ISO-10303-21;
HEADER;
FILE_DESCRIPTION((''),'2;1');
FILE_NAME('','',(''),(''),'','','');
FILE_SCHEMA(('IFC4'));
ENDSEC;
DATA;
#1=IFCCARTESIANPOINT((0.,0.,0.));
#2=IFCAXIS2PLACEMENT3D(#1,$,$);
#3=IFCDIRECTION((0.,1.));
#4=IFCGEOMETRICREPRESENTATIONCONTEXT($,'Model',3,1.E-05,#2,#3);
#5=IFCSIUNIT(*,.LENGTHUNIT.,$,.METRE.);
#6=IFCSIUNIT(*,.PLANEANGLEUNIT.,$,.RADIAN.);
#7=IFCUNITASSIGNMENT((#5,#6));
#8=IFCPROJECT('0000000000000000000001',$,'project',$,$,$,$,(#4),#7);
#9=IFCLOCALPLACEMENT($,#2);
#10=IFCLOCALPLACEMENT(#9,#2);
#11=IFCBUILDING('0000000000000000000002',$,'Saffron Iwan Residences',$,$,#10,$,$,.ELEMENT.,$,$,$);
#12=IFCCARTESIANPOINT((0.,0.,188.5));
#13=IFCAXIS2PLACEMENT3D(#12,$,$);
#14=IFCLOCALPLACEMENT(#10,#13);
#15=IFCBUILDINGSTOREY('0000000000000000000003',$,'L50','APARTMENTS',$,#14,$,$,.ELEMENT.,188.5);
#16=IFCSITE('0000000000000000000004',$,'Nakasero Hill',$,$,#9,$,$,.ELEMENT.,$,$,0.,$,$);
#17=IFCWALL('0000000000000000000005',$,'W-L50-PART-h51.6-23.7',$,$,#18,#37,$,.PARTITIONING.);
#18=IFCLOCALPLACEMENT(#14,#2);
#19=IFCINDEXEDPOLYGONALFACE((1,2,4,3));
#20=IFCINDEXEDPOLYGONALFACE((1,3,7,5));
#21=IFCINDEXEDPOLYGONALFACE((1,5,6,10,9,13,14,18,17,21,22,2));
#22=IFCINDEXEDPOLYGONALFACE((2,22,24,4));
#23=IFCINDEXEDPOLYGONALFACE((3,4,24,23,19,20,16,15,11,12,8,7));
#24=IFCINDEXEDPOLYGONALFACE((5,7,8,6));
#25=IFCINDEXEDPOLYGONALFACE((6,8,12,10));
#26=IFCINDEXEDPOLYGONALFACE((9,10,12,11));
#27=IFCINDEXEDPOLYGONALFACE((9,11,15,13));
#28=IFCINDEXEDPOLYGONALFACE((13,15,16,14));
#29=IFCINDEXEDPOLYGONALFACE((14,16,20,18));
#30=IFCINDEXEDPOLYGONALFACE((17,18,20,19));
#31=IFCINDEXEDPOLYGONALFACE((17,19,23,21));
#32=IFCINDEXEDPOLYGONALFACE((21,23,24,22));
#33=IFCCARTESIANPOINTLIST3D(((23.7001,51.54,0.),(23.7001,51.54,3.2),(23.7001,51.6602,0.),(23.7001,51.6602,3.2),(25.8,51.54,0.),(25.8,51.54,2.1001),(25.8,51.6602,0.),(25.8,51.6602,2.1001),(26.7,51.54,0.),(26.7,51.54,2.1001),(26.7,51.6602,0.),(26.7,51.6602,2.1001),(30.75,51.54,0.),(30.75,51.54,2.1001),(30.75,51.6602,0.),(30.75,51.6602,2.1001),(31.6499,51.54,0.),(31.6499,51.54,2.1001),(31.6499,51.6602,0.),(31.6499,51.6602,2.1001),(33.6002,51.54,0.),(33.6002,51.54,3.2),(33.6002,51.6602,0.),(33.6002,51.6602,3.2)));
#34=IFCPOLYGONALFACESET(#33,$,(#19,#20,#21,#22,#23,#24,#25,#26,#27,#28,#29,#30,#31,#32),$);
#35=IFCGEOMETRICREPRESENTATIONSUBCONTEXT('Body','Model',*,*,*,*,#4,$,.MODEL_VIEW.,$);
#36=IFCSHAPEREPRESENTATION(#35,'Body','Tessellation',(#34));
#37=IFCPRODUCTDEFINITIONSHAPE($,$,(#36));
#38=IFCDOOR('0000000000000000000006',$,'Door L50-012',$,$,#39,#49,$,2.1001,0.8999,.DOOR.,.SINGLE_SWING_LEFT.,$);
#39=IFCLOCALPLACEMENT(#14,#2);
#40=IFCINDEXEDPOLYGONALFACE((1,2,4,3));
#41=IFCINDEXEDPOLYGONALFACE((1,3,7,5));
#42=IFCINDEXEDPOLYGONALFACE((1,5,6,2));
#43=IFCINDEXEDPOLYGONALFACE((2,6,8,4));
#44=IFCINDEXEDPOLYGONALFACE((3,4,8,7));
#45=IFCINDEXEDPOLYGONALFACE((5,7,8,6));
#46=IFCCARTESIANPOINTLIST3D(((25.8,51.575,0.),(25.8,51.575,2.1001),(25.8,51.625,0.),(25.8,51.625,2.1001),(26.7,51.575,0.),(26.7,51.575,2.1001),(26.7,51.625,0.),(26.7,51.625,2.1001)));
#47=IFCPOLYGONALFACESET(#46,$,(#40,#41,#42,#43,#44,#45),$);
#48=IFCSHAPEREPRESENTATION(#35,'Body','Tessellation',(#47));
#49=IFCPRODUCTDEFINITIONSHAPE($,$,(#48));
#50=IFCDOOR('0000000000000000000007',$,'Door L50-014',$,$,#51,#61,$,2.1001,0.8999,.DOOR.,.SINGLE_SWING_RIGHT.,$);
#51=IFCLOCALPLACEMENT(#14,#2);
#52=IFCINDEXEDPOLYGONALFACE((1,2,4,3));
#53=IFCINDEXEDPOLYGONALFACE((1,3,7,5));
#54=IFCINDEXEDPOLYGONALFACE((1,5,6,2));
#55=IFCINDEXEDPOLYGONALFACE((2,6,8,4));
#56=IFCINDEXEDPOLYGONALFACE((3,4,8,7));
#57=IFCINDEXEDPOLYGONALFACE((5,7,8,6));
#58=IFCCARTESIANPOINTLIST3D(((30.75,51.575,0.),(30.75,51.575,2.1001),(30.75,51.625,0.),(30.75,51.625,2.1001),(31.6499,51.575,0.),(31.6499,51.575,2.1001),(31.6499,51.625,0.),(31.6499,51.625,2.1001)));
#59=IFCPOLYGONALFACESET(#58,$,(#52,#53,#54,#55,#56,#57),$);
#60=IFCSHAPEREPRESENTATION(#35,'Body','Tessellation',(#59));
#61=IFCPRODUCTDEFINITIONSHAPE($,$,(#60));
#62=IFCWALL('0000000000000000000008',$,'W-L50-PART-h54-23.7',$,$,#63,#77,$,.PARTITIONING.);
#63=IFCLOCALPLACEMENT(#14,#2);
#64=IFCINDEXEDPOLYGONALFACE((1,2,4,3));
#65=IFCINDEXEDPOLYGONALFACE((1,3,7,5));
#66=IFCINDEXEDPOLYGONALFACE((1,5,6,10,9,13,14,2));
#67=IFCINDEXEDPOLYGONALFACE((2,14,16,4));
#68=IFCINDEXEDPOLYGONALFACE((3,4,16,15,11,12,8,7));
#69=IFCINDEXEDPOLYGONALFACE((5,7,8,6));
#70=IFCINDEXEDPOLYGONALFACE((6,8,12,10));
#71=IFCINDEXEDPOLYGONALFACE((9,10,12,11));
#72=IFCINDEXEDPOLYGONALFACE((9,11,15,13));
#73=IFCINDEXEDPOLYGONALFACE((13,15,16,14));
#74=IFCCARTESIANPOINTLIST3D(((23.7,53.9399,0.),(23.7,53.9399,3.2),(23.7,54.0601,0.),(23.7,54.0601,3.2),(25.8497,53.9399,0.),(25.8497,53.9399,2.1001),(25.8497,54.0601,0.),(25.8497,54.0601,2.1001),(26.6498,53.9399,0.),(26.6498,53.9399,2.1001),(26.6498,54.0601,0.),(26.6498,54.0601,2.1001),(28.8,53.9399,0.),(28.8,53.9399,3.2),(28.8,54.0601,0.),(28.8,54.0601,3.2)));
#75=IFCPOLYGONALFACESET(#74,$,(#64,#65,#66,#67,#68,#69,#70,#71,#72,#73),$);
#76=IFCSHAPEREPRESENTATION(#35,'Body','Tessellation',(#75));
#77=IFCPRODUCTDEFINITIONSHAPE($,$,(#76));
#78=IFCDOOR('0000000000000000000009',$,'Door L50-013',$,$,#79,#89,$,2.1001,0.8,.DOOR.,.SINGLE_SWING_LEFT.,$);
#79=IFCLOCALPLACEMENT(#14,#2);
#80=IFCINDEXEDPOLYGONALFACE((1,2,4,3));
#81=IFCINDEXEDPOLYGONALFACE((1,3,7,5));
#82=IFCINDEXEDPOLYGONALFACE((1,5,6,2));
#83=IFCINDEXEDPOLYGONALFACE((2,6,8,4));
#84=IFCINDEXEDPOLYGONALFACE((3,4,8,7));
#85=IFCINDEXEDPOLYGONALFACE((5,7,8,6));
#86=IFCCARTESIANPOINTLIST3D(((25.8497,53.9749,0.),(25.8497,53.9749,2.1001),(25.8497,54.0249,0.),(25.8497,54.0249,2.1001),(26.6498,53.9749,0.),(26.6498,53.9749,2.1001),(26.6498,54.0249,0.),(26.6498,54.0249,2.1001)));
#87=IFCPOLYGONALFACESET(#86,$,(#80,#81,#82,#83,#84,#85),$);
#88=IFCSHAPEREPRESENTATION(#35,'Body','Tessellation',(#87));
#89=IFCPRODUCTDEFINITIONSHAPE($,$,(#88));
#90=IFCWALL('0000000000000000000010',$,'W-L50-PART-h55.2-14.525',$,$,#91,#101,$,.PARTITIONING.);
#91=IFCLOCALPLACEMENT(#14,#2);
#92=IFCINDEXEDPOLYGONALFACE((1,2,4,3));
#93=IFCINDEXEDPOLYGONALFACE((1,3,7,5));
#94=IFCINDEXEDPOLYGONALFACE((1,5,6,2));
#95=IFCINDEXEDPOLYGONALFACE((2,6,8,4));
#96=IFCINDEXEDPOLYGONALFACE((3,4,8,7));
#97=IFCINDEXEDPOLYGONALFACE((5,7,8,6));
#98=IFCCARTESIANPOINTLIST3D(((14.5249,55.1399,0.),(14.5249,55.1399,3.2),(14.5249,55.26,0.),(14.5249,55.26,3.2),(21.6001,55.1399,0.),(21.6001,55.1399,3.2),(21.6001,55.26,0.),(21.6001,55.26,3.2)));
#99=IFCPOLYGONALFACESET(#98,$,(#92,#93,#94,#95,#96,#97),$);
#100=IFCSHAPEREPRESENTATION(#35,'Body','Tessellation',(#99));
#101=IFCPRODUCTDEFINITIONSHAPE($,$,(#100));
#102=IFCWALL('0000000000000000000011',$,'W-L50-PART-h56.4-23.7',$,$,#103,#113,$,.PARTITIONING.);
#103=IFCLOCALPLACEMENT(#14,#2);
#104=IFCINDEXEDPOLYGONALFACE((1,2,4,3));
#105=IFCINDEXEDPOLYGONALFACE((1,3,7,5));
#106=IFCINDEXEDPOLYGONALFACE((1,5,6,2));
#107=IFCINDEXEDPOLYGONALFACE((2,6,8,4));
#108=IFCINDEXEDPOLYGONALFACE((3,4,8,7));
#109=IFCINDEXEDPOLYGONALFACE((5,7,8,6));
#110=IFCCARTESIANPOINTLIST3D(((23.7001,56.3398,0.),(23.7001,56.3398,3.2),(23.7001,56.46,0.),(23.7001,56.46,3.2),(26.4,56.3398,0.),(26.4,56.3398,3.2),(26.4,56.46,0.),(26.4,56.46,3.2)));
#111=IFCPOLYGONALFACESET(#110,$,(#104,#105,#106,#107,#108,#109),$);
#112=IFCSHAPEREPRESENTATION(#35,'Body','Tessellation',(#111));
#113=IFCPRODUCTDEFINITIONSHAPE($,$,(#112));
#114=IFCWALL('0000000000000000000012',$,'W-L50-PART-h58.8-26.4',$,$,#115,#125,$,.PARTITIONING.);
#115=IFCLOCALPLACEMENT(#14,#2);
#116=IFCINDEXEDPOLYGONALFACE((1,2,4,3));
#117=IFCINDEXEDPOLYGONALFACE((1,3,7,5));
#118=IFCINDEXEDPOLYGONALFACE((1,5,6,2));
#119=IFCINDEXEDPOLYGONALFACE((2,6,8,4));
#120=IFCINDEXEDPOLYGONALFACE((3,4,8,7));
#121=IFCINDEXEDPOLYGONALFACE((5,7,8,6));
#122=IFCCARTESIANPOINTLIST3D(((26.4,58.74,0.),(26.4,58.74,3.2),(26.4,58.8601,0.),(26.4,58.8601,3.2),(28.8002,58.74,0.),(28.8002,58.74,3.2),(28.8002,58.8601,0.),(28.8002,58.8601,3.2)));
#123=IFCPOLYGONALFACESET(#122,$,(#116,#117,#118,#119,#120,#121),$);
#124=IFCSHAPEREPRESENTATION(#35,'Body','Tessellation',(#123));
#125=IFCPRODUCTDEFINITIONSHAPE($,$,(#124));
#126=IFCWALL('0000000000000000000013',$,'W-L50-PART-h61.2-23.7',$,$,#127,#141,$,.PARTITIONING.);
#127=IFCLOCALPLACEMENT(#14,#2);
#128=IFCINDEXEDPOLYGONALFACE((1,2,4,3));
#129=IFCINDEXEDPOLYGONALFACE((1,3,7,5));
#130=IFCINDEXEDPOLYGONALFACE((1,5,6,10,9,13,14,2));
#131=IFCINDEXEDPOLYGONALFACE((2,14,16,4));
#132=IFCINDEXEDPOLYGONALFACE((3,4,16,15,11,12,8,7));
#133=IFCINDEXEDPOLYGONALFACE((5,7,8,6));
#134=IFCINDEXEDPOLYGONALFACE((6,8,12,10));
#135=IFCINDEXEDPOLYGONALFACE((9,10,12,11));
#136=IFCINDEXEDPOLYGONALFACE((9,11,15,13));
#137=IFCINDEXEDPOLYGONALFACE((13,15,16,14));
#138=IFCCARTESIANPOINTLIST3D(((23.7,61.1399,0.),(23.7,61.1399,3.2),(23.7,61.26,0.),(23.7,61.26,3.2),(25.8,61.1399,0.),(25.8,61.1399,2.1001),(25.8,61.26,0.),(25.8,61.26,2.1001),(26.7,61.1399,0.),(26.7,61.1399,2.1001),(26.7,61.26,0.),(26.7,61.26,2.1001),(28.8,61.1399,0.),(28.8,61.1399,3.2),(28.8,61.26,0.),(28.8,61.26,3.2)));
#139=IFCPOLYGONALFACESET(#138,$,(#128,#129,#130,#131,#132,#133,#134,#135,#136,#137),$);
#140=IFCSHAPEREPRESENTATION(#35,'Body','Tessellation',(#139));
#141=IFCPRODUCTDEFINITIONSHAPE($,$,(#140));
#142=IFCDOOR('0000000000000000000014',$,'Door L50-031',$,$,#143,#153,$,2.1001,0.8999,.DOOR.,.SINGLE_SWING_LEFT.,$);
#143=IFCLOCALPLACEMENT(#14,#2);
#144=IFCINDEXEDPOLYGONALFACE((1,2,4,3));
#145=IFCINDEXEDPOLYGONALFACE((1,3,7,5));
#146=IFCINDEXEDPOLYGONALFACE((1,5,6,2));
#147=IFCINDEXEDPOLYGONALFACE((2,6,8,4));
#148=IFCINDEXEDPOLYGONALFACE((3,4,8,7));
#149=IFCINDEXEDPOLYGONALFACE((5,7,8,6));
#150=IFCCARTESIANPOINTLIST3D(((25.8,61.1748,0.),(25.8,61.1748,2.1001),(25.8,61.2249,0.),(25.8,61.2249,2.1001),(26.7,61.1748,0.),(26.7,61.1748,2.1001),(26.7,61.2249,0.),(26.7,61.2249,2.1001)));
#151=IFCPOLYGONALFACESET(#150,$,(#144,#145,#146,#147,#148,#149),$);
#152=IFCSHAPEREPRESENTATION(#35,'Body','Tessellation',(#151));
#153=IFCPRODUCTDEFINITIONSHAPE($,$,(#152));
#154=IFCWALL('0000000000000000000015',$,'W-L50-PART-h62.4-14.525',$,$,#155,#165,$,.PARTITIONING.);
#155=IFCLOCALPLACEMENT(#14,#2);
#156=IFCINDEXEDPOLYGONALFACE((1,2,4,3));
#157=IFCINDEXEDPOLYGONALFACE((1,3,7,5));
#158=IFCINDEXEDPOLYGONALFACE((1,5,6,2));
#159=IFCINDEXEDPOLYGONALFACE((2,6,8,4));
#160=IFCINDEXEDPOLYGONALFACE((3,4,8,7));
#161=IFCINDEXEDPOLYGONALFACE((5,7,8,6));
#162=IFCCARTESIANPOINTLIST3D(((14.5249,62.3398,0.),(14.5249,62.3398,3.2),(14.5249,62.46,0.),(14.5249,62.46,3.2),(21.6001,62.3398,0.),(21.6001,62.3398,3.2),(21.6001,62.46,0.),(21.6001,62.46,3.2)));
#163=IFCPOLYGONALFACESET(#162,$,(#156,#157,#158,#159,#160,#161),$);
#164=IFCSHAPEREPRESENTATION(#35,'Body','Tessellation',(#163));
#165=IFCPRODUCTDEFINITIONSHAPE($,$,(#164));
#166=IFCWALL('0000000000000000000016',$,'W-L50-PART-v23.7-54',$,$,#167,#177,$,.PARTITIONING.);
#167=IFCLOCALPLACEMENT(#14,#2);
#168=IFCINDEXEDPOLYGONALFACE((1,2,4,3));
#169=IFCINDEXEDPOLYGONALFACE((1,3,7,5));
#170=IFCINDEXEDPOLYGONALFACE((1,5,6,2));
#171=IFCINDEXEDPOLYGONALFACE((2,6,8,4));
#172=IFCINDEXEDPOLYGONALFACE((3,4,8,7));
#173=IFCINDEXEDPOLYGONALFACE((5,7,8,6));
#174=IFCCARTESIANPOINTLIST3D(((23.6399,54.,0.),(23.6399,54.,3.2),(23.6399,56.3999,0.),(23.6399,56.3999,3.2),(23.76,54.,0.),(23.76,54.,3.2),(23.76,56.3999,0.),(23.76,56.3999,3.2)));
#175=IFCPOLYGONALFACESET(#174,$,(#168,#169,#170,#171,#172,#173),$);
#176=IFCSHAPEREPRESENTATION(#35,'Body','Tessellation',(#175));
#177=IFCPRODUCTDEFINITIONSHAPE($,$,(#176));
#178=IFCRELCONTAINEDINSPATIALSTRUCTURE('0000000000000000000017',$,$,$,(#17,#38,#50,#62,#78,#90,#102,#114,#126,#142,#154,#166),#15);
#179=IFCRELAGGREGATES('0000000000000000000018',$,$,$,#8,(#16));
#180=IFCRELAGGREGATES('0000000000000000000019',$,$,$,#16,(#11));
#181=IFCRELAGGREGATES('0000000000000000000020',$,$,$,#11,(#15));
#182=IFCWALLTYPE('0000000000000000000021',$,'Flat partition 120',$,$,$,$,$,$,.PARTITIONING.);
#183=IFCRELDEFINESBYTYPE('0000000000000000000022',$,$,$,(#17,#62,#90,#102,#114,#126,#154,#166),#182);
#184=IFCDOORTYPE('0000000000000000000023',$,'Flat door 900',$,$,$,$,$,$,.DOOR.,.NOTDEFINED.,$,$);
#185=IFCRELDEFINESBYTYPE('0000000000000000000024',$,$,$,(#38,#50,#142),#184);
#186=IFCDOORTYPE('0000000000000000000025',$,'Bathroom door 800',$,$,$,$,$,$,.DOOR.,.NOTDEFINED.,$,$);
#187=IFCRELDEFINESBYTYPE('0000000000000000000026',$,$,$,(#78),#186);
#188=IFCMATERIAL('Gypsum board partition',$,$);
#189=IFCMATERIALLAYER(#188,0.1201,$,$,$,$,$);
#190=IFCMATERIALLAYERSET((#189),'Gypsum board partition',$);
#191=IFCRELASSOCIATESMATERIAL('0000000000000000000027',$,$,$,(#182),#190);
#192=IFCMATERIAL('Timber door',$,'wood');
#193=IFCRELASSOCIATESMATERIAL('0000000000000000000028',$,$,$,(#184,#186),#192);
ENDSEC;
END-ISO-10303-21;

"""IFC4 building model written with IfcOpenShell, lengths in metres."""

from ifc_helpers import new_model, si_unit, direction, frame, frame_2d, origin, place, context, subcontext, project, spatial, rectangle, extrude, material, layer, layer_set, type_object, element, fill, save


model = new_model("IFC4")

# Units and contexts
model_context = context("Model", 3, precision=1e-05, world=origin(), true_north=direction((0.0, 1.0)))
body_context = subcontext(model_context, "Body", "Model", "MODEL_VIEW")
ifc_project = project(units=[si_unit("LENGTHUNIT", "METRE"), si_unit("PLANEANGLEUNIT", "RADIAN")], contexts=[model_context])

# Site, building, storey
site_placement = place(None, origin())
site = spatial("IfcSite", under=ifc_project, at=site_placement, Name="Nakasero Hill", CompositionType="ELEMENT", RefElevation=0.0)
building_placement = place(site_placement, origin())
building = spatial("IfcBuilding", under=site, at=building_placement, Name="Saffron Iwan Residences", CompositionType="ELEMENT")
storey_placement = place(building_placement, frame((0.0, 0.0, 188.5)))
storey = spatial("IfcBuildingStorey", under=building, at=storey_placement, Name="L50", Description="APARTMENTS", CompositionType="ELEMENT", Elevation=188.5)

# Shared definitions
ifc_material_1 = material(Name="Gypsum board partition")
ifc_layer_1 = layer(ifc_material_1, 0.1201)
ifc_layer_set_1 = layer_set([ifc_layer_1], Name="Gypsum board partition")
wall_type_1 = type_object("IfcWallType", Name="Flat partition 120", PredefinedType="PARTITIONING", material=ifc_layer_set_1)

# Wall, openings, doors
wall_1_placement = place(storey_placement, frame((23.7, 51.6001, 0.0), z_axis=(0.0, 0.0, 1.0), x_axis=(1.0, 0.0, 0.0)))
wall_1 = element("IfcWall", 1, at=wall_1_placement, inside=storey, type_object=wall_type_1, Name="W-L50-PART-h51.6-23.7", PredefinedType="PARTITIONING", context=body_context, shape_type="SweptSolid", body=[
    extrude(rectangle(XDim=9.9001, YDim=0.1201, at=frame_2d((4.9502, 0.0))), origin(), (0.0, 0.0, 1.0), 3.2),
])
opening_1_placement = place(wall_1_placement, frame((2.1001, 0.0, 0.0)))
opening_1 = element("IfcOpeningElement", 2, at=opening_1_placement, cuts=wall_1, PredefinedType="OPENING", context=body_context, shape_type="SweptSolid", body=[
    extrude(rectangle(XDim=0.8999, YDim=2.1001, at=frame_2d((0.45, 1.05))), frame((0.0, 0.0701, 0.0), z_axis=(0.0, -1.0, 0.0), x_axis=(1.0, 0.0, 0.0)), (0.0, 0.0, 1.0), 0.1401),
])
opening_2_placement = place(wall_1_placement, frame((7.05, 0.0, 0.0)))
opening_2 = element("IfcOpeningElement", 3, at=opening_2_placement, cuts=wall_1, PredefinedType="OPENING", context=body_context, shape_type="SweptSolid", body=[
    extrude(rectangle(XDim=0.8999, YDim=2.1001, at=frame_2d((0.45, 1.05))), frame((0.0, 0.0701, 0.0), z_axis=(0.0, -1.0, 0.0), x_axis=(1.0, 0.0, 0.0)), (0.0, 0.0, 1.0), 0.1401),
])
ifc_material_2 = material(Name="Timber door", Category="wood")
door_type_1 = type_object("IfcDoorType", Name="Flat door 900", OperationType="NOTDEFINED", PredefinedType="DOOR", material=ifc_material_2)
door_1_placement = place(opening_1_placement, origin())
door_1 = element("IfcDoor", 4, at=door_1_placement, inside=storey, type_object=door_type_1, Name="Door L50-012", OperationType="SINGLE_SWING_LEFT", OverallHeight=2.1001, OverallWidth=0.8999, PredefinedType="DOOR", context=body_context, shape_type="SweptSolid", body=[
    extrude(rectangle(XDim=0.8999, YDim=2.1001, at=frame_2d((0.45, 1.05))), frame((0.0, 0.0249, 0.0), z_axis=(0.0, -1.0, 0.0), x_axis=(1.0, 0.0, 0.0)), (0.0, 0.0, 1.0), 0.05),
])
fill(opening_1, door_1)
door_2_placement = place(opening_2_placement, origin())
door_2 = element("IfcDoor", 5, at=door_2_placement, inside=storey, type_object=door_type_1, Name="Door L50-014", OperationType="SINGLE_SWING_RIGHT", OverallHeight=2.1001, OverallWidth=0.8999, PredefinedType="DOOR", context=body_context, shape_type="SweptSolid", body=[
    extrude(rectangle(XDim=0.8999, YDim=2.1001, at=frame_2d((0.45, 1.05))), frame((0.0, 0.0249, 0.0), z_axis=(0.0, -1.0, 0.0), x_axis=(1.0, 0.0, 0.0)), (0.0, 0.0, 1.0), 0.05),
])
fill(opening_2, door_2)

# Wall, opening, door
wall_2_placement = place(storey_placement, frame((23.7, 54.0, 0.0), z_axis=(0.0, 0.0, 1.0), x_axis=(1.0, 0.0, 0.0)))
wall_2 = element("IfcWall", 6, at=wall_2_placement, inside=storey, type_object=wall_type_1, Name="W-L50-PART-h54-23.7", PredefinedType="PARTITIONING", context=body_context, shape_type="SweptSolid", body=[
    extrude(rectangle(XDim=5.1001, YDim=0.1201, at=frame_2d((2.55, 0.0))), origin(), (0.0, 0.0, 1.0), 3.2),
])
opening_3_placement = place(wall_2_placement, frame((2.1499, 0.0, 0.0)))
opening_3 = element("IfcOpeningElement", 7, at=opening_3_placement, cuts=wall_2, PredefinedType="OPENING", context=body_context, shape_type="SweptSolid", body=[
    extrude(rectangle(XDim=0.8, YDim=2.1001, at=frame_2d((0.3999, 1.05))), frame((0.0, 0.0701, 0.0), z_axis=(0.0, -1.0, 0.0), x_axis=(1.0, 0.0, 0.0)), (0.0, 0.0, 1.0), 0.1401),
])
door_type_2 = type_object("IfcDoorType", Name="Bathroom door 800", OperationType="NOTDEFINED", PredefinedType="DOOR", material=ifc_material_2)
door_3_placement = place(opening_3_placement, origin())
door_3 = element("IfcDoor", 8, at=door_3_placement, inside=storey, type_object=door_type_2, Name="Door L50-013", OperationType="SINGLE_SWING_LEFT", OverallHeight=2.1001, OverallWidth=0.8, PredefinedType="DOOR", context=body_context, shape_type="SweptSolid", body=[
    extrude(rectangle(XDim=0.8, YDim=2.1001, at=frame_2d((0.3999, 1.05))), frame((0.0, 0.0249, 0.0), z_axis=(0.0, -1.0, 0.0), x_axis=(1.0, 0.0, 0.0)), (0.0, 0.0, 1.0), 0.05),
])
fill(opening_3, door_3)

# Walls
wall_3_placement = place(storey_placement, frame((14.5249, 55.2, 0.0), z_axis=(0.0, 0.0, 1.0), x_axis=(1.0, 0.0, 0.0)))
element("IfcWall", 9, at=wall_3_placement, inside=storey, type_object=wall_type_1, Name="W-L50-PART-h55.2-14.525", PredefinedType="PARTITIONING", context=body_context, shape_type="SweptSolid", body=[
    extrude(rectangle(XDim=7.0752, YDim=0.1201, at=frame_2d((3.5376, 0.0))), origin(), (0.0, 0.0, 1.0), 3.2),
])
wall_4_placement = place(storey_placement, frame((23.7, 56.3999, 0.0), z_axis=(0.0, 0.0, 1.0), x_axis=(1.0, 0.0, 0.0)))
element("IfcWall", 10, at=wall_4_placement, inside=storey, type_object=wall_type_1, Name="W-L50-PART-h56.4-23.7", PredefinedType="PARTITIONING", context=body_context, shape_type="SweptSolid", body=[
    extrude(rectangle(XDim=2.7, YDim=0.1201, at=frame_2d((1.3501, 0.0))), origin(), (0.0, 0.0, 1.0), 3.2),
])
wall_5_placement = place(storey_placement, frame((26.3999, 58.8, 0.0), z_axis=(0.0, 0.0, 1.0), x_axis=(1.0, 0.0, 0.0)))
element("IfcWall", 11, at=wall_5_placement, inside=storey, type_object=wall_type_1, Name="W-L50-PART-h58.8-26.4", PredefinedType="PARTITIONING", context=body_context, shape_type="SweptSolid", body=[
    extrude(rectangle(XDim=2.4001, YDim=0.1201, at=frame_2d((1.2002, 0.0))), origin(), (0.0, 0.0, 1.0), 3.2),
])

# Wall, opening, door
wall_6_placement = place(storey_placement, frame((23.7, 61.2, 0.0), z_axis=(0.0, 0.0, 1.0), x_axis=(1.0, 0.0, 0.0)))
wall_6 = element("IfcWall", 12, at=wall_6_placement, inside=storey, type_object=wall_type_1, Name="W-L50-PART-h61.2-23.7", PredefinedType="PARTITIONING", context=body_context, shape_type="SweptSolid", body=[
    extrude(rectangle(XDim=5.1001, YDim=0.1201, at=frame_2d((2.55, 0.0))), origin(), (0.0, 0.0, 1.0), 3.2),
])
opening_4_placement = place(wall_6_placement, frame((2.1001, 0.0, 0.0)))
opening_4 = element("IfcOpeningElement", 13, at=opening_4_placement, cuts=wall_6, PredefinedType="OPENING", context=body_context, shape_type="SweptSolid", body=[
    extrude(rectangle(XDim=0.8999, YDim=2.1001, at=frame_2d((0.45, 1.05))), frame((0.0, 0.0701, 0.0), z_axis=(0.0, -1.0, 0.0), x_axis=(1.0, 0.0, 0.0)), (0.0, 0.0, 1.0), 0.1401),
])
door_4_placement = place(opening_4_placement, origin())
door_4 = element("IfcDoor", 14, at=door_4_placement, inside=storey, type_object=door_type_1, Name="Door L50-031", OperationType="SINGLE_SWING_LEFT", OverallHeight=2.1001, OverallWidth=0.8999, PredefinedType="DOOR", context=body_context, shape_type="SweptSolid", body=[
    extrude(rectangle(XDim=0.8999, YDim=2.1001, at=frame_2d((0.45, 1.05))), frame((0.0, 0.0249, 0.0), z_axis=(0.0, -1.0, 0.0), x_axis=(1.0, 0.0, 0.0)), (0.0, 0.0, 1.0), 0.05),
])
fill(opening_4, door_4)

# Walls
wall_7_placement = place(storey_placement, frame((14.5249, 62.3999, 0.0), z_axis=(0.0, 0.0, 1.0), x_axis=(1.0, 0.0, 0.0)))
element("IfcWall", 15, at=wall_7_placement, inside=storey, type_object=wall_type_1, Name="W-L50-PART-h62.4-14.525", PredefinedType="PARTITIONING", context=body_context, shape_type="SweptSolid", body=[
    extrude(rectangle(XDim=7.0752, YDim=0.1201, at=frame_2d((3.5376, 0.0))), origin(), (0.0, 0.0, 1.0), 3.2),
])
wall_8_placement = place(storey_placement, frame((23.7, 54.0, 0.0), z_axis=(0.0, 0.0, 1.0), x_axis=(0.0, 1.0, 0.0)))
element("IfcWall", 16, at=wall_8_placement, inside=storey, type_object=wall_type_1, Name="W-L50-PART-v23.7-54", PredefinedType="PARTITIONING", context=body_context, shape_type="SweptSolid", body=[
    extrude(rectangle(XDim=2.3999, YDim=0.1201, at=frame_2d((1.2, 0.0))), origin(), (0.0, 0.0, 1.0), 3.2),
])

save(model, "model.ifc")
